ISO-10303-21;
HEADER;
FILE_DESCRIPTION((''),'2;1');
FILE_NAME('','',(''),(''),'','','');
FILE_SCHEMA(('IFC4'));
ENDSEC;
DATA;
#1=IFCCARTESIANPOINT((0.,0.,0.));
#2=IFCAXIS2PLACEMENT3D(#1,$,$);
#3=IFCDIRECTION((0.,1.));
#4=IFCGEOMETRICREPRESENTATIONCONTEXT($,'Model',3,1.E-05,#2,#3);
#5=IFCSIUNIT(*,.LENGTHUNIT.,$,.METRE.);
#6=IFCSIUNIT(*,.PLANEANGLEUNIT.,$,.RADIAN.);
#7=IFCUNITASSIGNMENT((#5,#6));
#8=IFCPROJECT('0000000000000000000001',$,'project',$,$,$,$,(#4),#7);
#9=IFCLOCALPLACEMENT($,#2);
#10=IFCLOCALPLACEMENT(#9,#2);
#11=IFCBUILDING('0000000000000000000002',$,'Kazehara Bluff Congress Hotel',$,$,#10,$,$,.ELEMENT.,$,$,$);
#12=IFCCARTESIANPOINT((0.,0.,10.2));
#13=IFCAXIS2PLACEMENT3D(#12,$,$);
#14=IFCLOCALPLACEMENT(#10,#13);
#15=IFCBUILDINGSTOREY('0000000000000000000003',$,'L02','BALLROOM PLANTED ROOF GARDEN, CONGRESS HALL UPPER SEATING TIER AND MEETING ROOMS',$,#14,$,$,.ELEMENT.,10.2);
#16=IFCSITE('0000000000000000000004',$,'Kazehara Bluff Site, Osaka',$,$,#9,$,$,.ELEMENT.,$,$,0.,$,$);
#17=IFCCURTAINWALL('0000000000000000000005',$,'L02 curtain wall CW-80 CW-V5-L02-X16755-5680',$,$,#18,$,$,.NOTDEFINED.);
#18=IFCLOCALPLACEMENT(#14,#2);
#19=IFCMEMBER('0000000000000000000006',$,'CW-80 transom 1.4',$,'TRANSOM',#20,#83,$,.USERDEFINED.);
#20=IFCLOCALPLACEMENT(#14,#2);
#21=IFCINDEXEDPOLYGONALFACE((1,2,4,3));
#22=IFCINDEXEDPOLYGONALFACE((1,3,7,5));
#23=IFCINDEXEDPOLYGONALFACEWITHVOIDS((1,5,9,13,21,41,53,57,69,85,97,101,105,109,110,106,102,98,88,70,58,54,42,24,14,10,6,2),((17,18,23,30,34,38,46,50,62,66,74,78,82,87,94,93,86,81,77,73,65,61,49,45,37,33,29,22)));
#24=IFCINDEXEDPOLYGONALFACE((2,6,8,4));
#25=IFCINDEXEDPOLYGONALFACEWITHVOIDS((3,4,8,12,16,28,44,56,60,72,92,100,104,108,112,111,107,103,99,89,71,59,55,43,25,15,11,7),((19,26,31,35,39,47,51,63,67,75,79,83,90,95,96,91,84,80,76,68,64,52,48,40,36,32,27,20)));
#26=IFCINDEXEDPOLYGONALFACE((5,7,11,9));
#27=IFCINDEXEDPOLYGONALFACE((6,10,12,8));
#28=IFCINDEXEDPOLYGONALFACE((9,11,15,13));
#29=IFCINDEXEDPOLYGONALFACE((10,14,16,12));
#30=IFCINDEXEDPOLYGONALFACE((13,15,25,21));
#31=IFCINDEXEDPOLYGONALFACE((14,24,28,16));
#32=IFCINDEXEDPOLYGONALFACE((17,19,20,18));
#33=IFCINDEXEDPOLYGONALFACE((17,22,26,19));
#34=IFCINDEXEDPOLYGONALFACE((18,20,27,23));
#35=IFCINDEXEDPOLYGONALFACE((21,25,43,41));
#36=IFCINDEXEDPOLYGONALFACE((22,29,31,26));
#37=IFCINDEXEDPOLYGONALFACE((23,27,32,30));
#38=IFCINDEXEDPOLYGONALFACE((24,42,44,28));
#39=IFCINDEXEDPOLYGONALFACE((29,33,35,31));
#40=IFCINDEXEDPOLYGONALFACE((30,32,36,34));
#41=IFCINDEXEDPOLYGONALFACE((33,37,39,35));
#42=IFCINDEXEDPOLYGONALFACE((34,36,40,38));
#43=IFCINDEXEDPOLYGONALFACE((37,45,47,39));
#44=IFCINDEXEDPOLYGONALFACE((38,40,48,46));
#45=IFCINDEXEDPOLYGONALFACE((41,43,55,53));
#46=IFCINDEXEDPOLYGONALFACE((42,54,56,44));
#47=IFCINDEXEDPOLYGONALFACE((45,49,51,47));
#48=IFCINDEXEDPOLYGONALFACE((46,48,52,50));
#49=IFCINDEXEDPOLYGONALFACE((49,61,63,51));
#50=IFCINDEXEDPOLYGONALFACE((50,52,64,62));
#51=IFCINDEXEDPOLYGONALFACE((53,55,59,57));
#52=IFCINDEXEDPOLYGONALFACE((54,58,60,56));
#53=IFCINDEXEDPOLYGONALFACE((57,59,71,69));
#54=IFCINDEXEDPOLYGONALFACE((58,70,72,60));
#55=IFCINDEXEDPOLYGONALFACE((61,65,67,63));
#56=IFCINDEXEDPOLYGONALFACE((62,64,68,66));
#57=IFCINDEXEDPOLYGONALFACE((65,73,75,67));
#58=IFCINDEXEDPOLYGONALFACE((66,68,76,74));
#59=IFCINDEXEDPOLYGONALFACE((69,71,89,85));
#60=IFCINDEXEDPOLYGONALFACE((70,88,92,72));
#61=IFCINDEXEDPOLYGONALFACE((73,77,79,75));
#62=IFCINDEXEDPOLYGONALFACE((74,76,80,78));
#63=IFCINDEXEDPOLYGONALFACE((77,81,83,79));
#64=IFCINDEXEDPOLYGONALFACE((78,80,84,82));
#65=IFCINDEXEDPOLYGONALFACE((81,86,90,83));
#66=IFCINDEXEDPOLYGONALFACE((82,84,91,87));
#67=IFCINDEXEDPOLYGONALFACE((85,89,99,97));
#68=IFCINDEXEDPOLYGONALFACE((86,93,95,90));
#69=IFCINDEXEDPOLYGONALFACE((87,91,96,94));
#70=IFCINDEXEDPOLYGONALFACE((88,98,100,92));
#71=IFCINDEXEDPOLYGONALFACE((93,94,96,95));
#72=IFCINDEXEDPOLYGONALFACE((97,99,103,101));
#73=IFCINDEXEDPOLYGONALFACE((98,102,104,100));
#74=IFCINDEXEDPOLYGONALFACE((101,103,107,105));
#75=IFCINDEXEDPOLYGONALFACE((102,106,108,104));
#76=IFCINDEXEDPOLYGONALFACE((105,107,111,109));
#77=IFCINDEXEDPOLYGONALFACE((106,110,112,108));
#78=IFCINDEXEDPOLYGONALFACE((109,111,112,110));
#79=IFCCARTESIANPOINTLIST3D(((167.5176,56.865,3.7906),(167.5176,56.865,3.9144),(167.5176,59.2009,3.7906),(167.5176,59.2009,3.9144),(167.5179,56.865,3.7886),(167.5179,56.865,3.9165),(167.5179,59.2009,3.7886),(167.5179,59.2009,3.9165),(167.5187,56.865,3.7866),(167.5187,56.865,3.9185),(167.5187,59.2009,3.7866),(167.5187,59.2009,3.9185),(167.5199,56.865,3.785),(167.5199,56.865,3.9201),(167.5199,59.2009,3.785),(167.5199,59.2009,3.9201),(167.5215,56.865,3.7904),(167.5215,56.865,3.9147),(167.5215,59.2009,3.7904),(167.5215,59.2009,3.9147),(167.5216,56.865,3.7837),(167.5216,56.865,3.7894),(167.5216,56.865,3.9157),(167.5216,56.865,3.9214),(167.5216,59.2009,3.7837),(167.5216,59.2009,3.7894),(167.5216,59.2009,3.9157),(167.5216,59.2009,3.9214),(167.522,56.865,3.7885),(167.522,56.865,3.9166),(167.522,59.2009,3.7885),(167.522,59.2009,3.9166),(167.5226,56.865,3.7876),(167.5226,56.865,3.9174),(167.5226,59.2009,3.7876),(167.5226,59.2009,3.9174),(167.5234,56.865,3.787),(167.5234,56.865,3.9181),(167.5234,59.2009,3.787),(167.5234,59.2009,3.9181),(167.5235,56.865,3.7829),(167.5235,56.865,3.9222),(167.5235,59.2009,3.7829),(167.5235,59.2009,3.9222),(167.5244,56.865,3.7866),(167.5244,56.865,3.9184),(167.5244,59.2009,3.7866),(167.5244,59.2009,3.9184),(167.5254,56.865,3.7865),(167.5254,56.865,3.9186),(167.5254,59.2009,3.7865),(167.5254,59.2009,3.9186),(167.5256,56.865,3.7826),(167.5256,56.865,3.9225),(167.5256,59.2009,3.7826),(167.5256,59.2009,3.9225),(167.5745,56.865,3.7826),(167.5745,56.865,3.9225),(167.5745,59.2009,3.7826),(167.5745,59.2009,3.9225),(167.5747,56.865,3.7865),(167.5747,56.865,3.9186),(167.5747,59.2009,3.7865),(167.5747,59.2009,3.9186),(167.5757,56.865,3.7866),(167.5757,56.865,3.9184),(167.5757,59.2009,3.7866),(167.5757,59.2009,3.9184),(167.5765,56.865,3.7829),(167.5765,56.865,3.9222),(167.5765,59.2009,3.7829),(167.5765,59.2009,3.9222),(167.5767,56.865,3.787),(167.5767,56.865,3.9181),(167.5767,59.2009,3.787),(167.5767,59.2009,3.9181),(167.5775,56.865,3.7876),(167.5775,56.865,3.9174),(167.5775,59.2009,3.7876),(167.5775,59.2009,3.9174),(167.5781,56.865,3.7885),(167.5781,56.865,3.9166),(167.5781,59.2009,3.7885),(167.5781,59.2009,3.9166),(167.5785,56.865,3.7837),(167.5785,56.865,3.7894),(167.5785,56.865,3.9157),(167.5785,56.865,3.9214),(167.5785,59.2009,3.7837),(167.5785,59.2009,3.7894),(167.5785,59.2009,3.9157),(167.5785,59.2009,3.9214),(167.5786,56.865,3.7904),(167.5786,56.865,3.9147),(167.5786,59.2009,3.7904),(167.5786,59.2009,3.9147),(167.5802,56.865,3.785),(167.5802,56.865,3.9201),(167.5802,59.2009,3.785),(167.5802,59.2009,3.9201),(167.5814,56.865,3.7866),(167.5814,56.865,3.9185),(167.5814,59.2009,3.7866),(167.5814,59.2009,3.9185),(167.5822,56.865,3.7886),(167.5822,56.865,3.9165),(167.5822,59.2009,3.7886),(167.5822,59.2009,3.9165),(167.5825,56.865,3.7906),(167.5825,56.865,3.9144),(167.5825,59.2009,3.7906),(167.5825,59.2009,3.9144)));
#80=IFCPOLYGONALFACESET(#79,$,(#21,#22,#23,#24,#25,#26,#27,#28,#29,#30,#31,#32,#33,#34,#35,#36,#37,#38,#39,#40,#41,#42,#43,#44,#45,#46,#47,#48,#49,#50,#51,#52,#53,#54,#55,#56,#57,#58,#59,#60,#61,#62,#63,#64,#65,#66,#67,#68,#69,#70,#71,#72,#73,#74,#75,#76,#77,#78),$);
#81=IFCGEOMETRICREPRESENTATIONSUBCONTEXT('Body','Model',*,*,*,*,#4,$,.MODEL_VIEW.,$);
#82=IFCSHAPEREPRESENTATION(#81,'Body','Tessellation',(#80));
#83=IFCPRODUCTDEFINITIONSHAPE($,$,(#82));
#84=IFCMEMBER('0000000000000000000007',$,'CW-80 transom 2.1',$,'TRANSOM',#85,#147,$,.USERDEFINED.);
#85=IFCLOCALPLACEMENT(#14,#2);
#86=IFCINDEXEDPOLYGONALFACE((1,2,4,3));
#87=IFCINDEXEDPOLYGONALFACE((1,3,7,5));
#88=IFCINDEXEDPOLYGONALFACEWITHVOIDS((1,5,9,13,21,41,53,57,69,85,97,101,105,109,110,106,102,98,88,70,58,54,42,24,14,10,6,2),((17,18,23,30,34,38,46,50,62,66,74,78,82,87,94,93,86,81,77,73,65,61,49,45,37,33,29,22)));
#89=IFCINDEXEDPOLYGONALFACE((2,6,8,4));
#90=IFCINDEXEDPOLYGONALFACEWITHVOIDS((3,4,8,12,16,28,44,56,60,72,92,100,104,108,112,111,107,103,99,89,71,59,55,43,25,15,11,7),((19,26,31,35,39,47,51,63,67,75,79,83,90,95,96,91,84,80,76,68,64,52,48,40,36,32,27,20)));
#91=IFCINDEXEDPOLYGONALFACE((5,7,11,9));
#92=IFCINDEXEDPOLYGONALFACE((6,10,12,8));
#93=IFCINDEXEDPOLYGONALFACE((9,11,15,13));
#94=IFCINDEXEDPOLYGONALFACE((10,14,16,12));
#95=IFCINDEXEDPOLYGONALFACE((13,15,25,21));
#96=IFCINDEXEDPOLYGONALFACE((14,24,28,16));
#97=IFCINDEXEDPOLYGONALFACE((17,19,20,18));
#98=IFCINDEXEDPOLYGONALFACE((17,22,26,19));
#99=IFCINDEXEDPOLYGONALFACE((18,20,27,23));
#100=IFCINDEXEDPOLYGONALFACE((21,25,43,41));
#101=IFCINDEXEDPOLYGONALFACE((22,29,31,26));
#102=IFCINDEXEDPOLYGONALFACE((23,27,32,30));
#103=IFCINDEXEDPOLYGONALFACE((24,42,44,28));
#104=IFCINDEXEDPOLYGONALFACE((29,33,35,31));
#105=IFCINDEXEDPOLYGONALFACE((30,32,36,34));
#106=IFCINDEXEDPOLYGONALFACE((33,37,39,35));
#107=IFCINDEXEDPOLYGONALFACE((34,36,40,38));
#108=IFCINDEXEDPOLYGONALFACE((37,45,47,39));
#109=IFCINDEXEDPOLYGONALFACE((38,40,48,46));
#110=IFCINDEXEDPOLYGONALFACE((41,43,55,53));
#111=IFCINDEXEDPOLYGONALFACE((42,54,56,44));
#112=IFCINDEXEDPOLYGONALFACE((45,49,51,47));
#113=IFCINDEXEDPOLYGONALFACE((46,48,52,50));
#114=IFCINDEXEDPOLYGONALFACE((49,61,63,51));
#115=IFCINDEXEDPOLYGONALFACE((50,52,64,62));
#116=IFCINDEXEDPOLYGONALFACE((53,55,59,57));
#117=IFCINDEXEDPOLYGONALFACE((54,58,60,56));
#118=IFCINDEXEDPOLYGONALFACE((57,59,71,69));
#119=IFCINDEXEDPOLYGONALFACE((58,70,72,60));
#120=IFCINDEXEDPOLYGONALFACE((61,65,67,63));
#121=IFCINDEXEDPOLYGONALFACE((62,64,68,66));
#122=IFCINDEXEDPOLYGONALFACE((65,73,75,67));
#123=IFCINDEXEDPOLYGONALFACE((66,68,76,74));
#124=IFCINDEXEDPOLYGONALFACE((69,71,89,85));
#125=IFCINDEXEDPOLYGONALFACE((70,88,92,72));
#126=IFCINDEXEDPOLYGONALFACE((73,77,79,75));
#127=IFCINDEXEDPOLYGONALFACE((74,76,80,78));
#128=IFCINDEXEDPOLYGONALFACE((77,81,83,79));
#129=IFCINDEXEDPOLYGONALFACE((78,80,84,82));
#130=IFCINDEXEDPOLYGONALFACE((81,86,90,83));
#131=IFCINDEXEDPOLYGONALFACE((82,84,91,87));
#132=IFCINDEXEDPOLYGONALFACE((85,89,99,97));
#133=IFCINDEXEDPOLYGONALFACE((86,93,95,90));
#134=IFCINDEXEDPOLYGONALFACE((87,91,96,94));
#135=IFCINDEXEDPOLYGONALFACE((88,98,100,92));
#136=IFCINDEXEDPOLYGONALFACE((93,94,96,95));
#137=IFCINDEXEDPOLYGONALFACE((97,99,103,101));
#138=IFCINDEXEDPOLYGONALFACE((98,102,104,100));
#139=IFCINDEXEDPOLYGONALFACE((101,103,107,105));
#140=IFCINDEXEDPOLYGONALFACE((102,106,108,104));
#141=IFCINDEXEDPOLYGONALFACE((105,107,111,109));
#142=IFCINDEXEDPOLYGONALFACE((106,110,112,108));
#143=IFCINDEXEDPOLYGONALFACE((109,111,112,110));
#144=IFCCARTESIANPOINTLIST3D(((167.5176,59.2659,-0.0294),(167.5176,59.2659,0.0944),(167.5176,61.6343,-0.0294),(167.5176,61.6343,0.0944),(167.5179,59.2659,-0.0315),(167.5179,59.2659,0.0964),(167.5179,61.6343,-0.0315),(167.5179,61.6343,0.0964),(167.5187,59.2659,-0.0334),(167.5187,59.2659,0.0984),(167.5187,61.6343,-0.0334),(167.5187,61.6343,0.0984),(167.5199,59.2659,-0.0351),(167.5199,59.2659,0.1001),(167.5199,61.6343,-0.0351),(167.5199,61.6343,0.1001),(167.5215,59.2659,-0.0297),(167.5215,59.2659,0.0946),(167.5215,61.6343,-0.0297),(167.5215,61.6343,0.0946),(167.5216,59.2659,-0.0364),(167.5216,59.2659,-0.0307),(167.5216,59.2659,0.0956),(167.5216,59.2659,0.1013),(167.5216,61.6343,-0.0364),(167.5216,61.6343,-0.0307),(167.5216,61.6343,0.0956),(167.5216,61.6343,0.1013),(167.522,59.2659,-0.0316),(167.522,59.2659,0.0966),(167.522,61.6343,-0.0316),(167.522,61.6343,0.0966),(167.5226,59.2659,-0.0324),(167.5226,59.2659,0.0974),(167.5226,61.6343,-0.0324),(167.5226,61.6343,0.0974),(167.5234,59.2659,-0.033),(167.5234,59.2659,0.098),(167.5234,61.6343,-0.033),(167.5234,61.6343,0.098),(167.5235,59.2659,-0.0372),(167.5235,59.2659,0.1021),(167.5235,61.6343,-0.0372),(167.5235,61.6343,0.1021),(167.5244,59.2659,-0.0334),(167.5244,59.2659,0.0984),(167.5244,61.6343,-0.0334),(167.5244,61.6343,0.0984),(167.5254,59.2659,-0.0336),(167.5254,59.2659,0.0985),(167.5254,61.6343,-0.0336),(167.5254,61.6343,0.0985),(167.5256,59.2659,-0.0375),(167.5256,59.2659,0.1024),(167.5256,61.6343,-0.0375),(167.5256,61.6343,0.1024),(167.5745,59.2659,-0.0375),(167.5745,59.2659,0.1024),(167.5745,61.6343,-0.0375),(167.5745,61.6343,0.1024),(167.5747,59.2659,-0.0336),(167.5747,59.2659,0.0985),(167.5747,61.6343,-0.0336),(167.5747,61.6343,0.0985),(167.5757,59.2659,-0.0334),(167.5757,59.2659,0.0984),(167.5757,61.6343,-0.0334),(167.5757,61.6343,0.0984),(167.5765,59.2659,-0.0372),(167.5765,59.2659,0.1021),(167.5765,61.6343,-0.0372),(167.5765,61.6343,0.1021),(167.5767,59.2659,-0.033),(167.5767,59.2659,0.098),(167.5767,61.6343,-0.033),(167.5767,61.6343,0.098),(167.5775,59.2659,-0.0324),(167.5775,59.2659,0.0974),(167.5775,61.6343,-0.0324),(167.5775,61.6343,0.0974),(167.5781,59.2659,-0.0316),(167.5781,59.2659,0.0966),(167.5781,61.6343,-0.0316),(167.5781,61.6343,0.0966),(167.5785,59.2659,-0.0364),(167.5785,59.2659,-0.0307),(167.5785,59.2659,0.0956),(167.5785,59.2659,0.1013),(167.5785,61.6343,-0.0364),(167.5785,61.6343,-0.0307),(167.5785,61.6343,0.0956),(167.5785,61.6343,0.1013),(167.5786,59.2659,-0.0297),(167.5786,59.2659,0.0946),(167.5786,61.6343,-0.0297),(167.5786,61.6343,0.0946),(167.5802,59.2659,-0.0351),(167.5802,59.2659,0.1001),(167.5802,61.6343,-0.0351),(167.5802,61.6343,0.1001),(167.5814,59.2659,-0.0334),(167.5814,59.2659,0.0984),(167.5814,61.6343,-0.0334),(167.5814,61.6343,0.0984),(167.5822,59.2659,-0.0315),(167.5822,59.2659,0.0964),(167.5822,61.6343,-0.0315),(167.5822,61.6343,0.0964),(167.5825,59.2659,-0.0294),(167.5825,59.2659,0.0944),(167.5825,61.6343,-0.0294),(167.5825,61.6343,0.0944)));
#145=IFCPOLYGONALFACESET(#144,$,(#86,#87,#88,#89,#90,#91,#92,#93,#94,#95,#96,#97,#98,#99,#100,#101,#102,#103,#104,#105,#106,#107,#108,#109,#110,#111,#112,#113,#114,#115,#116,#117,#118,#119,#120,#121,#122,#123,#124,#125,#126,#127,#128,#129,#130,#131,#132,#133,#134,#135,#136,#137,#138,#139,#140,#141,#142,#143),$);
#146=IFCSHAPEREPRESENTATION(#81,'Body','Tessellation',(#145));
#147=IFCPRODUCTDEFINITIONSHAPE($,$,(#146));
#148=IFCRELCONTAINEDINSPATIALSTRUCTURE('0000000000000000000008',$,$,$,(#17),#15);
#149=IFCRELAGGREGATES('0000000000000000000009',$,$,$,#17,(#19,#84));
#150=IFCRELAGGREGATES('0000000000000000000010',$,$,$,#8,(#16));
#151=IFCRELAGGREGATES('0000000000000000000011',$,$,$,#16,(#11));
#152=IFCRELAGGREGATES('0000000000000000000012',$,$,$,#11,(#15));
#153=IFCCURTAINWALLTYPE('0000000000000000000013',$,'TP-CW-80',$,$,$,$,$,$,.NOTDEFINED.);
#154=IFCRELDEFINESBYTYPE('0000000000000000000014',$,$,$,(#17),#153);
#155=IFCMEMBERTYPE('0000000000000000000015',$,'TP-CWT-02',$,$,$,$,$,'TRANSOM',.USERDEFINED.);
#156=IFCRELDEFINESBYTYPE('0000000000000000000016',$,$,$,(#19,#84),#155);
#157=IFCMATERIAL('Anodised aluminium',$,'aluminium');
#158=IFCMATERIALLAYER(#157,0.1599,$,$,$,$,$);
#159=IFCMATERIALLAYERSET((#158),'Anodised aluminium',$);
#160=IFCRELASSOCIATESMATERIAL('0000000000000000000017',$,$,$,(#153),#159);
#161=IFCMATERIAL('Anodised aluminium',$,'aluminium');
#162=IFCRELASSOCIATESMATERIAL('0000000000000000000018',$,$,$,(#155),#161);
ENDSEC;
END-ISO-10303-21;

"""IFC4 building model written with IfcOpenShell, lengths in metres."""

from ifc_helpers import new_model, si_unit, direction, frame, origin, origin_2d, place, context, subcontext, project, spatial, hollow_rectangle, extrude, material, layer, layer_set, material_profile, profile_set, type_object, element, aggregate, save


model = new_model("IFC4")

# Units and contexts
model_context = context("Model", 3, precision=1e-05, world=origin(), true_north=direction((0.0, 1.0)))
body_context = subcontext(model_context, "Body", "Model", "MODEL_VIEW")
ifc_project = project(units=[si_unit("LENGTHUNIT", "METRE"), si_unit("PLANEANGLEUNIT", "RADIAN")], contexts=[model_context])

# Site, building, storey
site_placement = place(None, origin())
site = spatial("IfcSite", under=ifc_project, at=site_placement, Name="Kazehara Bluff Site, Osaka", CompositionType="ELEMENT", RefElevation=0.0)
building_placement = place(site_placement, origin())
building = spatial("IfcBuilding", under=site, at=building_placement, Name="Kazehara Bluff Congress Hotel", CompositionType="ELEMENT")
storey_placement = place(building_placement, frame((0.0, 0.0, 10.2)))
storey = spatial("IfcBuildingStorey", under=building, at=storey_placement, Name="L02", Description="BALLROOM PLANTED ROOF GARDEN, CONGRESS HALL UPPER SEATING TIER AND MEETING ROOMS", CompositionType="ELEMENT", Elevation=10.2)

# Shared definitions
ifc_material_1 = material(Name="Anodised aluminium", Category="aluminium")
ifc_layer_1 = layer(ifc_material_1, 0.1599)
ifc_layer_set_1 = layer_set([ifc_layer_1], Name="Anodised aluminium")
curtain_wall_type = type_object("IfcCurtainWallType", Name="TP-CW-80", PredefinedType="NOTDEFINED", material=ifc_layer_set_1)

# Curtain wall, members
curtain_wall_1_placement = place(storey_placement, origin())
curtain_wall_1 = element("IfcCurtainWall", 1, at=curtain_wall_1_placement, inside=storey, type_object=curtain_wall_type, Name="L02 curtain wall CW-80 CW-V5-L02-X16755-5680", PredefinedType="NOTDEFINED")
ifc_material_2 = material(Name="Anodised aluminium", Category="aluminium")
ifc_material_profile_1 = material_profile(ifc_material_2, hollow_rectangle(XDim=0.0649, YDim=0.1399, WallThickness=0.0039, InnerFilletRadius=0.0039, OuterFilletRadius=0.0081, at=origin_2d()))
ifc_profile_set_1 = profile_set([ifc_material_profile_1], Name="Anodised aluminium")
member_type_1 = type_object("IfcMemberType", Name="TP-CWT-02", ElementType="TRANSOM", PredefinedType="USERDEFINED", material=ifc_profile_set_1)
member_1_placement = place(storey_placement, frame((167.55, 56.865, 3.8525), z_axis=(0.0, 1.0, 0.0), x_axis=(-1.0, 0.0, 0.0)))
member_1 = element("IfcMember", 2, at=member_1_placement, type_object=member_type_1, Name="CW-80 transom 1.4", ObjectType="TRANSOM", PredefinedType="USERDEFINED", context=body_context, shape_type="SweptSolid", body=[
    extrude(hollow_rectangle(XDim=0.0649, YDim=0.1399, WallThickness=0.0039, InnerFilletRadius=0.0039, OuterFilletRadius=0.0081, at=origin_2d()), origin(), (0.0, 0.0, 1.0), 2.3359),
])
member_2_placement = place(storey_placement, frame((167.55, 59.2659, 0.0325), z_axis=(0.0, 1.0, 0.0), x_axis=(-1.0, 0.0, 0.0)))
member_2 = element("IfcMember", 3, at=member_2_placement, type_object=member_type_1, Name="CW-80 transom 2.1", ObjectType="TRANSOM", PredefinedType="USERDEFINED", context=body_context, shape_type="SweptSolid", body=[
    extrude(hollow_rectangle(XDim=0.0649, YDim=0.1399, WallThickness=0.0039, InnerFilletRadius=0.0039, OuterFilletRadius=0.0081, at=origin_2d()), origin(), (0.0, 0.0, 1.0), 2.3684),
])

aggregate(curtain_wall_1, [member_1, member_2])

save(model, "model.ifc")
